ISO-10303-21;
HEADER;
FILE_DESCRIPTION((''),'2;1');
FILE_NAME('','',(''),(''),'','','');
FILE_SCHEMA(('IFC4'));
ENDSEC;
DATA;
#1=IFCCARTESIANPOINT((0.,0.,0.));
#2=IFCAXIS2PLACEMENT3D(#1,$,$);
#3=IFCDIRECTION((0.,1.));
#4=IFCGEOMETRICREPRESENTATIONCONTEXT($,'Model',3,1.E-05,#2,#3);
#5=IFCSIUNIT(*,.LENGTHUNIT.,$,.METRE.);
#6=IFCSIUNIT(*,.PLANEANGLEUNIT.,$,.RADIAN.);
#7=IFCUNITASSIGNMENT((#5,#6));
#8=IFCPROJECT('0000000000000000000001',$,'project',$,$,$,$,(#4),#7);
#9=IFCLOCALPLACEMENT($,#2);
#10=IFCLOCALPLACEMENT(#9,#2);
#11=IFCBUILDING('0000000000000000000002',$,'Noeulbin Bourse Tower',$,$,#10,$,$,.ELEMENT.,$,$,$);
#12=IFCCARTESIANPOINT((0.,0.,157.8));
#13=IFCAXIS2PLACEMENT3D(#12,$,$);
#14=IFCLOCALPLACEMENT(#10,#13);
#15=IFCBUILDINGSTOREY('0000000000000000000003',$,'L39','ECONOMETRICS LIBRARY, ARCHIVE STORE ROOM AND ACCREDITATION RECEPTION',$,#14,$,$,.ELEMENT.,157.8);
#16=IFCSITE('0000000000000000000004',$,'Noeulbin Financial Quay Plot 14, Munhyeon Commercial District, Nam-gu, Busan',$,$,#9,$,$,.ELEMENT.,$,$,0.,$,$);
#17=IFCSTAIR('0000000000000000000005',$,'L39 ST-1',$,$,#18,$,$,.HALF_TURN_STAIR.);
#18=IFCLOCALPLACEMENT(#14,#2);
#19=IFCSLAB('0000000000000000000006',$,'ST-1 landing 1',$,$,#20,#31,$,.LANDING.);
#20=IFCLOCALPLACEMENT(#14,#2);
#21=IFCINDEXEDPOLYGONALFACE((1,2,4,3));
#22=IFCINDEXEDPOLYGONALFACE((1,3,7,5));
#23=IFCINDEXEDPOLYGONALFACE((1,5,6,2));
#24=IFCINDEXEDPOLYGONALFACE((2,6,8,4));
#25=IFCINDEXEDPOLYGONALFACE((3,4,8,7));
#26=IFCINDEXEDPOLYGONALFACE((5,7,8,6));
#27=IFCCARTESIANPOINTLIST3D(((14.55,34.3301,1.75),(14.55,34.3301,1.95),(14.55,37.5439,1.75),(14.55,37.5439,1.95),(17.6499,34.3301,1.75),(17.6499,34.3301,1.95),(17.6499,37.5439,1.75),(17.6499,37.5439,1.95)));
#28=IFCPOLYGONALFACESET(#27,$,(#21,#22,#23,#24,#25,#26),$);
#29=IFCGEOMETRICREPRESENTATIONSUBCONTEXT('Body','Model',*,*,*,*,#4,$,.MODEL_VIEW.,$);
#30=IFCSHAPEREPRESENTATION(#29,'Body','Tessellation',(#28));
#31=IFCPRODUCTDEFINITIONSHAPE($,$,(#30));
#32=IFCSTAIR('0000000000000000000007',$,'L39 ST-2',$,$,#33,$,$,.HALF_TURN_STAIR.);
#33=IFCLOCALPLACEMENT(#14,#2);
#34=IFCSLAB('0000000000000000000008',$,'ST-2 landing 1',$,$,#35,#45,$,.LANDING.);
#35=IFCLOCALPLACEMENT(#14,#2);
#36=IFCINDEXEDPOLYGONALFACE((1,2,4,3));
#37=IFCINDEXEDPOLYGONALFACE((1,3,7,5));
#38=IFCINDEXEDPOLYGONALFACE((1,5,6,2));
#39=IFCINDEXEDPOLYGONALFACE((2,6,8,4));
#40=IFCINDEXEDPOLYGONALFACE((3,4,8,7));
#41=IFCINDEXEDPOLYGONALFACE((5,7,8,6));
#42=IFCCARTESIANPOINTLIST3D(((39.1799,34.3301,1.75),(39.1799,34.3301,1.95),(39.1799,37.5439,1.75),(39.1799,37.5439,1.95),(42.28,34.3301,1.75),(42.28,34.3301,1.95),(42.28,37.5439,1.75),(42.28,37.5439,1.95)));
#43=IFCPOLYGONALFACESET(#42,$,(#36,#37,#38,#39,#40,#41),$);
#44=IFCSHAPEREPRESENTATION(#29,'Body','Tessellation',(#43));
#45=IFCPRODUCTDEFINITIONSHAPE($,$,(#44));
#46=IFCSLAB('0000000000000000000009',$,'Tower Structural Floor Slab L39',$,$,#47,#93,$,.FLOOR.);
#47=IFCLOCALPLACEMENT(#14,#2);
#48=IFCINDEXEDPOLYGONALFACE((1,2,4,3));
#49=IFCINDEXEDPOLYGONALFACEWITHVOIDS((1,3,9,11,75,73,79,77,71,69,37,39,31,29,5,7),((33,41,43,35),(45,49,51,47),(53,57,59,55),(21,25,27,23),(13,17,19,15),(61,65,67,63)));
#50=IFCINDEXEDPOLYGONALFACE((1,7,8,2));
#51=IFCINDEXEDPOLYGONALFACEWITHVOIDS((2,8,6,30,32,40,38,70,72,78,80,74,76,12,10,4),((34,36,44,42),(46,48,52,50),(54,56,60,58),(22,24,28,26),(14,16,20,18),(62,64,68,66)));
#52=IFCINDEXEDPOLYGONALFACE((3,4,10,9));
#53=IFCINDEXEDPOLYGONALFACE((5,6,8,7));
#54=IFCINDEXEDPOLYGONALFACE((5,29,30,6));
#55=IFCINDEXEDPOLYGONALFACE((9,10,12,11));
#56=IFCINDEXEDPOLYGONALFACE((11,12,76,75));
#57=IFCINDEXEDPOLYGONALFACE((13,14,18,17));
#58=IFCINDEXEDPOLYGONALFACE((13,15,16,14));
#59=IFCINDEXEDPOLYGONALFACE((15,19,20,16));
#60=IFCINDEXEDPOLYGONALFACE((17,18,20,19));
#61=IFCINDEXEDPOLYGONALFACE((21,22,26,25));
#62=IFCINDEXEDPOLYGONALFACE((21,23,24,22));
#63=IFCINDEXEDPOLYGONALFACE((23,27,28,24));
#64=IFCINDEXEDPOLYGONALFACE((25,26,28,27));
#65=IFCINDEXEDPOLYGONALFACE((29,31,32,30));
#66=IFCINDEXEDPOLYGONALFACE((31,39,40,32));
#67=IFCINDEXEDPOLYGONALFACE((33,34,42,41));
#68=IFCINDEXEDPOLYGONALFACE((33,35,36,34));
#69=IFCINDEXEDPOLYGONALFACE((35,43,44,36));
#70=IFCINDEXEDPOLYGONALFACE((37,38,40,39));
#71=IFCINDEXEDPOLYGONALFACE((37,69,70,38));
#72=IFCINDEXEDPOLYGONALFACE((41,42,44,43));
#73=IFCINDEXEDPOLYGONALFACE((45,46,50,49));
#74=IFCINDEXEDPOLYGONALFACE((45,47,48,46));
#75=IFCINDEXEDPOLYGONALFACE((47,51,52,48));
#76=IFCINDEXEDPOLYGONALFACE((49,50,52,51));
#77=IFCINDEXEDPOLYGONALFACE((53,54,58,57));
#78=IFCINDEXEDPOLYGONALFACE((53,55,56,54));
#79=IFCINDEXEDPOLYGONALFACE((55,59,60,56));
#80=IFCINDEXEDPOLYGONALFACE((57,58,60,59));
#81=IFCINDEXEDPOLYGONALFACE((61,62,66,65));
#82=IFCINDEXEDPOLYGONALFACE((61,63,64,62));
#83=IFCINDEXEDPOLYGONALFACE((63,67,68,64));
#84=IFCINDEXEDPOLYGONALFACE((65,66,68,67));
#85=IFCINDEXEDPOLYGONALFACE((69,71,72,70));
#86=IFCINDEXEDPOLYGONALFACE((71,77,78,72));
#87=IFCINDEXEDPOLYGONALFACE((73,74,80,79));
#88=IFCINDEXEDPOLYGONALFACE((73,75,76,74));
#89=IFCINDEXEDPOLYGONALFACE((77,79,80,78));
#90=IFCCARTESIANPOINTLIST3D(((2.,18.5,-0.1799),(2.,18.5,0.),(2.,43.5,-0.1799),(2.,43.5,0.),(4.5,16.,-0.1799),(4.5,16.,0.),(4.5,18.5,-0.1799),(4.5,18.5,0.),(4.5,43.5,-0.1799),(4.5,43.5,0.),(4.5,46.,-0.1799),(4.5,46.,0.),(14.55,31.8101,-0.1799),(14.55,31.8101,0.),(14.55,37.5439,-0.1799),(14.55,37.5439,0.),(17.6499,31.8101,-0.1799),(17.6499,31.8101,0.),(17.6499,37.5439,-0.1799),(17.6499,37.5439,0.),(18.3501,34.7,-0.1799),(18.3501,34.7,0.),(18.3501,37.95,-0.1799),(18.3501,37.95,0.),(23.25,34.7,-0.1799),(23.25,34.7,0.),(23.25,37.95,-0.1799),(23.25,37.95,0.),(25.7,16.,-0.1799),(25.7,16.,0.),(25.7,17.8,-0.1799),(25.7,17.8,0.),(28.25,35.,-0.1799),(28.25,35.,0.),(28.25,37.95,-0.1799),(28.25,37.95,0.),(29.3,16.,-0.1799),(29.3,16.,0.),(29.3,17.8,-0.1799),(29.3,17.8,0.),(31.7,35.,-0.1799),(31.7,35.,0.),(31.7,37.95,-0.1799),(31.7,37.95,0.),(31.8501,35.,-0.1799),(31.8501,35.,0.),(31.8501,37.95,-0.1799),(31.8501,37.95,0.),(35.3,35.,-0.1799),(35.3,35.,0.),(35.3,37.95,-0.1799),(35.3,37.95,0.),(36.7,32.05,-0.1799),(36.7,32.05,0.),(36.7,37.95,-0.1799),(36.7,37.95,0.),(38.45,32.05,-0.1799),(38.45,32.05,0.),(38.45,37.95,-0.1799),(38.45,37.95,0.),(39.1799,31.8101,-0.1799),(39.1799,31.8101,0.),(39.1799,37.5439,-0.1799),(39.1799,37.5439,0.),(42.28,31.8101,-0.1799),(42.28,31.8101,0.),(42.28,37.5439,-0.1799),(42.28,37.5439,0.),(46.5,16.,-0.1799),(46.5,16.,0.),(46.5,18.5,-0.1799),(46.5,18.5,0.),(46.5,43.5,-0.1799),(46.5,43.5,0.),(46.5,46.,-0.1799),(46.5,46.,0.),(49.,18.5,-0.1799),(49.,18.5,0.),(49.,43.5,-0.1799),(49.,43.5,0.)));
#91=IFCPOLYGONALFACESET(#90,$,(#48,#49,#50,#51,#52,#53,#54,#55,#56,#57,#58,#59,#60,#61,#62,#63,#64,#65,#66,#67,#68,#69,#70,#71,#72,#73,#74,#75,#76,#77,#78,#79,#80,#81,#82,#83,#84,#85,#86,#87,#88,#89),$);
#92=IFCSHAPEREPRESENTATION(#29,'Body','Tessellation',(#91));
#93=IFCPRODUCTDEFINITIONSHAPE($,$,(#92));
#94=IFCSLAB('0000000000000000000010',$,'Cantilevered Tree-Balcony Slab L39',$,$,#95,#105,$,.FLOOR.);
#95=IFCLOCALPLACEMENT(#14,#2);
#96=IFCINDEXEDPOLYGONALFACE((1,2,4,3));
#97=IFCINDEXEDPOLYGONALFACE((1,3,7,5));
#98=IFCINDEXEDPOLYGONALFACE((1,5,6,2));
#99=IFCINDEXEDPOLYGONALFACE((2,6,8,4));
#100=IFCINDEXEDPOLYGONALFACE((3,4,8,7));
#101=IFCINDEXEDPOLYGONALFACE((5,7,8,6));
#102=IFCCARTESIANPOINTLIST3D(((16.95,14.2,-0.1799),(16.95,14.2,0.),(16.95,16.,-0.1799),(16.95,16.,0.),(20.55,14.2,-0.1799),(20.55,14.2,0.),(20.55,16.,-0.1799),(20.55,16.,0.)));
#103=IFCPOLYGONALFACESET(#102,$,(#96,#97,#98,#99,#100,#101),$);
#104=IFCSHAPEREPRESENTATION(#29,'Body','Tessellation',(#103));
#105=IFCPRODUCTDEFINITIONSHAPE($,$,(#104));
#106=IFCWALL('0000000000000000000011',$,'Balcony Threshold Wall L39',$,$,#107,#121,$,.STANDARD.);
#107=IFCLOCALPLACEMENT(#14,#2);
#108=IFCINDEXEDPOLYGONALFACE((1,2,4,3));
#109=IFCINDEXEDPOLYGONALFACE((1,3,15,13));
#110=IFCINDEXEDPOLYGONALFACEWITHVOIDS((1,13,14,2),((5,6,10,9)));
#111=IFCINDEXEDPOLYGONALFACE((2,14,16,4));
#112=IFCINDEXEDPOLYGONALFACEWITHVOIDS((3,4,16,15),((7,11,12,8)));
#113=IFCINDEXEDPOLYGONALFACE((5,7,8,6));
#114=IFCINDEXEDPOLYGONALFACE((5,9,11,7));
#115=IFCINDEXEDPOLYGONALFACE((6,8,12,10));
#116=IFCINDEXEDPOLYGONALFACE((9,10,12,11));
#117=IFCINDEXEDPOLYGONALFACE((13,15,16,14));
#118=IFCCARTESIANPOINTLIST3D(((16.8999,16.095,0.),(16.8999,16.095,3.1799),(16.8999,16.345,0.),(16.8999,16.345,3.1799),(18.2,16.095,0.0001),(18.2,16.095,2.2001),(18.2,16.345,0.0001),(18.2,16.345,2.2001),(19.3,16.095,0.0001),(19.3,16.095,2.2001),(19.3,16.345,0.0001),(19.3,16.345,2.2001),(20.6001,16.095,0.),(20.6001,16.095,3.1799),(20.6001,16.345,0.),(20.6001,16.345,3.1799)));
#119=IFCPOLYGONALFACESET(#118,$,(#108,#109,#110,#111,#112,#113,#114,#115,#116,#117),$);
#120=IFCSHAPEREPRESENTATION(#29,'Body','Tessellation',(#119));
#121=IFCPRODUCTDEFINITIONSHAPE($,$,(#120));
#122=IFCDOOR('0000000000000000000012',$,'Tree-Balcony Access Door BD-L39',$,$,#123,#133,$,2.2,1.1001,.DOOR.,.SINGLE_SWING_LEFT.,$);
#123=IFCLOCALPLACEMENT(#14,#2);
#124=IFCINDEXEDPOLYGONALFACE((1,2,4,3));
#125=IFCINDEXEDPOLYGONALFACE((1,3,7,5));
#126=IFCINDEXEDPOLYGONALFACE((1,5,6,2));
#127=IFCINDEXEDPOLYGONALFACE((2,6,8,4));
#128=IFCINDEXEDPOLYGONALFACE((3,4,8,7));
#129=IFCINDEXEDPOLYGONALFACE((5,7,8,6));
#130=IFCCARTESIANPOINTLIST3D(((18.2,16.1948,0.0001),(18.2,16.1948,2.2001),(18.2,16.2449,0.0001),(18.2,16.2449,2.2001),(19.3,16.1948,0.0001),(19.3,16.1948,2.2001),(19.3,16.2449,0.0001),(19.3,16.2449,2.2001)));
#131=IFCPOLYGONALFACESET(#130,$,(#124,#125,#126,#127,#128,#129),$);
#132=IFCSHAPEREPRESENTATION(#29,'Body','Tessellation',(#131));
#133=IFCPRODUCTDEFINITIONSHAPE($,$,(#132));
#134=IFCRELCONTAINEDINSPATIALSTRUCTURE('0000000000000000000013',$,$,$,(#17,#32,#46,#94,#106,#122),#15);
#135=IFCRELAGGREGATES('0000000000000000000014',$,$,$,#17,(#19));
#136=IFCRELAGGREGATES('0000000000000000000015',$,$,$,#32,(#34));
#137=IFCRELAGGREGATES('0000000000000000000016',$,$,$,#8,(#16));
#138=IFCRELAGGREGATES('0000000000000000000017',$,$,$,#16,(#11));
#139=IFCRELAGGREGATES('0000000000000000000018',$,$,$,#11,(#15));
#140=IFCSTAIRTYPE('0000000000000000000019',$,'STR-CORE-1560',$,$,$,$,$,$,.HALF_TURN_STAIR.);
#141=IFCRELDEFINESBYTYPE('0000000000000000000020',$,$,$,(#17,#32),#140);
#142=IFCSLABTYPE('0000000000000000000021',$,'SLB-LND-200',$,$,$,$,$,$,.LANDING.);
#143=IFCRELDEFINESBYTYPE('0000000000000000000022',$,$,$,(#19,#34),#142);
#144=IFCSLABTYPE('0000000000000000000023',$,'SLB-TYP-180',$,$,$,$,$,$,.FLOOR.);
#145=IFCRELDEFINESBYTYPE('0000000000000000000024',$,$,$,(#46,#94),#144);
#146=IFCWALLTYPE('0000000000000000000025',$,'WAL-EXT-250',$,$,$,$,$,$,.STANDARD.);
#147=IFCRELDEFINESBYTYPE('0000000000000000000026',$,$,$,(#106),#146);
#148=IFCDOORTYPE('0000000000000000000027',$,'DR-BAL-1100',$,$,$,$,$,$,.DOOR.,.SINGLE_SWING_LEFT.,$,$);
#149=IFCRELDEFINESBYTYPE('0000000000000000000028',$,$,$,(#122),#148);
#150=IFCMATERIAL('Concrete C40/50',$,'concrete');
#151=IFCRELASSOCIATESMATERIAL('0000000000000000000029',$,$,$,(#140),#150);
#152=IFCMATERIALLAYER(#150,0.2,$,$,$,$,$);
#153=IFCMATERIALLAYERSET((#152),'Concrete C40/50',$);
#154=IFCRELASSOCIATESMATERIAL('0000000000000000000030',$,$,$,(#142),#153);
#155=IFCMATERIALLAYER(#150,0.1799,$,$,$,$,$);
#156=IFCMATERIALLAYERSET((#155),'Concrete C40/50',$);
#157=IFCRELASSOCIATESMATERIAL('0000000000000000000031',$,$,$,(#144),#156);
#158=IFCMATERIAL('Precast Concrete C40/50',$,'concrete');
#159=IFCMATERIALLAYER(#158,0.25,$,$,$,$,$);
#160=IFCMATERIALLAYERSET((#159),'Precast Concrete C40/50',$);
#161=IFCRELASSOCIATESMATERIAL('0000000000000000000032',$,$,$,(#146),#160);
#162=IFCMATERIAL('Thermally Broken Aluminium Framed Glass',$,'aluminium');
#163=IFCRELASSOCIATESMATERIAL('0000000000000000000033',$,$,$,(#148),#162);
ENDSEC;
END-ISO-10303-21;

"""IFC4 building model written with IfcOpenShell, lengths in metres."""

from ifc_helpers import new_model, si_unit, direction, frame, frame_2d, origin, place, context, subcontext, project, spatial, polyline, rectangle, outline, extrude, material, layer, layer_set, type_object, element, fill, aggregate, save


model = new_model("IFC4")

# Units and contexts
model_context = context("Model", 3, precision=1e-05, world=origin(), true_north=direction((0.0, 1.0)))
body_context = subcontext(model_context, "Body", "Model", "MODEL_VIEW")
ifc_project = project(units=[si_unit("LENGTHUNIT", "METRE"), si_unit("PLANEANGLEUNIT", "RADIAN")], contexts=[model_context])

# Site, building, storey
site_placement = place(None, origin())
site = spatial("IfcSite", under=ifc_project, at=site_placement, Name="Noeulbin Financial Quay Plot 14, Munhyeon Commercial District, Nam-gu, Busan", CompositionType="ELEMENT", RefElevation=0.0)
building_placement = place(site_placement, origin())
building = spatial("IfcBuilding", under=site, at=building_placement, Name="Noeulbin Bourse Tower", CompositionType="ELEMENT")
storey_placement = place(building_placement, frame((0.0, 0.0, 157.8)))
storey = spatial("IfcBuildingStorey", under=building, at=storey_placement, Name="L39", Description="ECONOMETRICS LIBRARY, ARCHIVE STORE ROOM AND ACCREDITATION RECEPTION", CompositionType="ELEMENT", Elevation=157.8)

# Stairs, slabs
ifc_material_1 = material(Name="Concrete C40/50", Category="concrete")
stair_type = type_object("IfcStairType", Name="STR-CORE-1560", PredefinedType="HALF_TURN_STAIR", material=ifc_material_1)
stair_1_placement = place(storey_placement, origin())
stair_1 = element("IfcStair", 1, at=stair_1_placement, inside=storey, type_object=stair_type, Name="L39 ST-1", PredefinedType="HALF_TURN_STAIR")
ifc_layer_1 = layer(ifc_material_1, 0.2)
ifc_layer_set_1 = layer_set([ifc_layer_1], Name="Concrete C40/50")
slab_type_1 = type_object("IfcSlabType", Name="SLB-LND-200", PredefinedType="LANDING", material=ifc_layer_set_1)
slab_1_placement = place(storey_placement, frame((0.0, 0.0, 1.75)))
slab_1 = element("IfcSlab", 2, at=slab_1_placement, type_object=slab_type_1, Name="ST-1 landing 1", PredefinedType="LANDING", context=body_context, shape_type="SweptSolid", body=[
    extrude(outline(polyline([(17.6499, 34.3301), (17.6499, 37.5439), (14.55, 37.5439), (14.55, 34.3301), (17.6499, 34.3301)])), origin(), (0.0, 0.0, 1.0), 0.2),
])
aggregate(stair_1, [slab_1])
stair_2_placement = place(storey_placement, origin())
stair_2 = element("IfcStair", 3, at=stair_2_placement, inside=storey, type_object=stair_type, Name="L39 ST-2", PredefinedType="HALF_TURN_STAIR")
slab_2_placement = place(storey_placement, frame((0.0, 0.0, 1.75)))
slab_2 = element("IfcSlab", 4, at=slab_2_placement, type_object=slab_type_1, Name="ST-2 landing 1", PredefinedType="LANDING", context=body_context, shape_type="SweptSolid", body=[
    extrude(outline(polyline([(42.28, 34.3301), (42.28, 37.5439), (39.1799, 37.5439), (39.1799, 34.3301), (42.28, 34.3301)])), origin(), (0.0, 0.0, 1.0), 0.2),
])
aggregate(stair_2, [slab_2])

# Slab, openings
ifc_layer_2 = layer(ifc_material_1, 0.1799)
ifc_layer_set_2 = layer_set([ifc_layer_2], Name="Concrete C40/50")
slab_type_2 = type_object("IfcSlabType", Name="SLB-TYP-180", PredefinedType="FLOOR", material=ifc_layer_set_2)
slab_3_placement = place(storey_placement, frame((0.0, 0.0, -0.1799)))
slab_3 = element("IfcSlab", 5, at=slab_3_placement, inside=storey, type_object=slab_type_2, Name="Tower Structural Floor Slab L39", PredefinedType="FLOOR", context=body_context, shape_type="SweptSolid", body=[
    extrude(outline(polyline([(4.5, 16.0), (25.7, 16.0), (25.7, 17.8), (29.3, 17.8), (29.3, 16.0), (46.5, 16.0), (46.5, 18.5), (49.0, 18.5), (49.0, 43.5), (46.5, 43.5), (46.5, 46.0), (4.5, 46.0), (4.5, 43.5), (2.0, 43.5), (2.0, 18.5), (4.5, 18.5), (4.5, 16.0)]), holes=[polyline([(17.6499, 31.8101), (17.6499, 37.5439), (14.55, 37.5439), (14.55, 31.8101), (17.6499, 31.8101)]), polyline([(42.28, 31.8101), (42.28, 37.5439), (39.1799, 37.5439), (39.1799, 31.8101), (42.28, 31.8101)]), polyline([(18.3501, 34.7), (23.25, 34.7), (23.25, 37.95), (18.3501, 37.95), (18.3501, 34.7)]), polyline([(36.7, 32.05), (38.45, 32.05), (38.45, 37.95), (36.7, 37.95), (36.7, 32.05)]), polyline([(28.25, 35.0), (31.7, 35.0), (31.7, 37.95), (28.25, 37.95), (28.25, 35.0)]), polyline([(31.8501, 35.0), (35.3, 35.0), (35.3, 37.95), (31.8501, 37.95), (31.8501, 35.0)])]), origin(), (0.0, 0.0, 1.0), 0.1799),
])
opening_1_placement = place(slab_3_placement, frame((0.0, 0.0, -0.01)))
element("IfcOpeningElement", 6, at=opening_1_placement, cuts=slab_3, PredefinedType="OPENING", context=body_context, shape_type="SweptSolid", body=[
    extrude(outline(polyline([(17.6499, 31.8101), (17.6499, 37.5439), (14.55, 37.5439), (14.55, 31.8101), (17.6499, 31.8101)])), origin(), (0.0, 0.0, 1.0), 0.2),
])
opening_2_placement = place(slab_3_placement, frame((0.0, 0.0, -0.01)))
element("IfcOpeningElement", 7, at=opening_2_placement, cuts=slab_3, PredefinedType="OPENING", context=body_context, shape_type="SweptSolid", body=[
    extrude(outline(polyline([(42.28, 31.8101), (42.28, 37.5439), (39.1799, 37.5439), (39.1799, 31.8101), (42.28, 31.8101)])), origin(), (0.0, 0.0, 1.0), 0.2),
])
opening_3_placement = place(slab_3_placement, frame((0.0, 0.0, -0.01)))
element("IfcOpeningElement", 8, at=opening_3_placement, cuts=slab_3, PredefinedType="OPENING", context=body_context, shape_type="SweptSolid", body=[
    extrude(outline(polyline([(18.3501, 34.7), (23.25, 34.7), (23.25, 37.95), (18.3501, 37.95), (18.3501, 34.7)])), origin(), (0.0, 0.0, 1.0), 0.2),
])
opening_4_placement = place(slab_3_placement, frame((0.0, 0.0, -0.01)))
element("IfcOpeningElement", 9, at=opening_4_placement, cuts=slab_3, PredefinedType="OPENING", context=body_context, shape_type="SweptSolid", body=[
    extrude(outline(polyline([(36.7, 32.05), (38.45, 32.05), (38.45, 37.95), (36.7, 37.95), (36.7, 32.05)])), origin(), (0.0, 0.0, 1.0), 0.2),
])
opening_5_placement = place(slab_3_placement, frame((0.0, 0.0, -0.01)))
element("IfcOpeningElement", 10, at=opening_5_placement, cuts=slab_3, PredefinedType="OPENING", context=body_context, shape_type="SweptSolid", body=[
    extrude(outline(polyline([(28.25, 35.0), (31.7, 35.0), (31.7, 37.95), (28.25, 37.95), (28.25, 35.0)])), origin(), (0.0, 0.0, 1.0), 0.2),
])
opening_6_placement = place(slab_3_placement, frame((0.0, 0.0, -0.01)))
element("IfcOpeningElement", 11, at=opening_6_placement, cuts=slab_3, PredefinedType="OPENING", context=body_context, shape_type="SweptSolid", body=[
    extrude(outline(polyline([(31.8501, 35.0), (35.3, 35.0), (35.3, 37.95), (31.8501, 37.95), (31.8501, 35.0)])), origin(), (0.0, 0.0, 1.0), 0.2),
])

# Slab
slab_4_placement = place(storey_placement, frame((0.0, 0.0, -0.1799)))
element("IfcSlab", 12, at=slab_4_placement, inside=storey, type_object=slab_type_2, Name="Cantilevered Tree-Balcony Slab L39", PredefinedType="FLOOR", context=body_context, shape_type="SweptSolid", body=[
    extrude(outline(polyline([(16.95, 14.2), (20.55, 14.2), (20.55, 16.0), (16.95, 16.0), (16.95, 14.2)])), origin(), (0.0, 0.0, 1.0), 0.1799),
])

# Wall, opening, door
ifc_material_2 = material(Name="Precast Concrete C40/50", Category="concrete")
ifc_layer_3 = layer(ifc_material_2, 0.25)
ifc_layer_set_3 = layer_set([ifc_layer_3], Name="Precast Concrete C40/50")
wall_type_1 = type_object("IfcWallType", Name="WAL-EXT-250", PredefinedType="STANDARD", material=ifc_layer_set_3)
wall_1_placement = place(storey_placement, frame((16.8999, 16.22, 0.0), z_axis=(0.0, 0.0, 1.0), x_axis=(1.0, 0.0, 0.0)))
wall_1 = element("IfcWall", 13, at=wall_1_placement, inside=storey, type_object=wall_type_1, Name="Balcony Threshold Wall L39", PredefinedType="STANDARD", context=body_context, shape_type="SweptSolid", body=[
    extrude(rectangle(XDim=3.7002, YDim=0.25, at=frame_2d((1.8501, 0.0))), origin(), (0.0, 0.0, 1.0), 3.1799),
])
opening_7_placement = place(wall_1_placement, frame((1.3, 0.0, 0.0)))
opening_7 = element("IfcOpeningElement", 14, at=opening_7_placement, cuts=wall_1, PredefinedType="OPENING", context=body_context, shape_type="SweptSolid", body=[
    extrude(rectangle(XDim=1.1001, YDim=2.2, at=frame_2d((0.55, 1.1001))), frame((0.0, 0.135, 0.0), z_axis=(0.0, -1.0, 0.0), x_axis=(1.0, 0.0, 0.0)), (0.0, 0.0, 1.0), 0.27),
])
ifc_material_3 = material(Name="Thermally Broken Aluminium Framed Glass", Category="aluminium")
door_type_1 = type_object("IfcDoorType", Name="DR-BAL-1100", OperationType="SINGLE_SWING_LEFT", PredefinedType="DOOR", material=ifc_material_3)
door_1_placement = place(opening_7_placement, origin())
door_1 = element("IfcDoor", 15, at=door_1_placement, inside=storey, type_object=door_type_1, Name="Tree-Balcony Access Door BD-L39", OperationType="SINGLE_SWING_LEFT", OverallHeight=2.2, OverallWidth=1.1001, PredefinedType="DOOR", context=body_context, shape_type="SweptSolid", body=[
    extrude(rectangle(XDim=1.1001, YDim=2.2, at=frame_2d((0.55, 1.1001))), frame((0.0, 0.0249, 0.0), z_axis=(0.0, -1.0, 0.0), x_axis=(1.0, 0.0, 0.0)), (0.0, 0.0, 1.0), 0.05),
])
fill(opening_7, door_1)

save(model, "model.ifc")
